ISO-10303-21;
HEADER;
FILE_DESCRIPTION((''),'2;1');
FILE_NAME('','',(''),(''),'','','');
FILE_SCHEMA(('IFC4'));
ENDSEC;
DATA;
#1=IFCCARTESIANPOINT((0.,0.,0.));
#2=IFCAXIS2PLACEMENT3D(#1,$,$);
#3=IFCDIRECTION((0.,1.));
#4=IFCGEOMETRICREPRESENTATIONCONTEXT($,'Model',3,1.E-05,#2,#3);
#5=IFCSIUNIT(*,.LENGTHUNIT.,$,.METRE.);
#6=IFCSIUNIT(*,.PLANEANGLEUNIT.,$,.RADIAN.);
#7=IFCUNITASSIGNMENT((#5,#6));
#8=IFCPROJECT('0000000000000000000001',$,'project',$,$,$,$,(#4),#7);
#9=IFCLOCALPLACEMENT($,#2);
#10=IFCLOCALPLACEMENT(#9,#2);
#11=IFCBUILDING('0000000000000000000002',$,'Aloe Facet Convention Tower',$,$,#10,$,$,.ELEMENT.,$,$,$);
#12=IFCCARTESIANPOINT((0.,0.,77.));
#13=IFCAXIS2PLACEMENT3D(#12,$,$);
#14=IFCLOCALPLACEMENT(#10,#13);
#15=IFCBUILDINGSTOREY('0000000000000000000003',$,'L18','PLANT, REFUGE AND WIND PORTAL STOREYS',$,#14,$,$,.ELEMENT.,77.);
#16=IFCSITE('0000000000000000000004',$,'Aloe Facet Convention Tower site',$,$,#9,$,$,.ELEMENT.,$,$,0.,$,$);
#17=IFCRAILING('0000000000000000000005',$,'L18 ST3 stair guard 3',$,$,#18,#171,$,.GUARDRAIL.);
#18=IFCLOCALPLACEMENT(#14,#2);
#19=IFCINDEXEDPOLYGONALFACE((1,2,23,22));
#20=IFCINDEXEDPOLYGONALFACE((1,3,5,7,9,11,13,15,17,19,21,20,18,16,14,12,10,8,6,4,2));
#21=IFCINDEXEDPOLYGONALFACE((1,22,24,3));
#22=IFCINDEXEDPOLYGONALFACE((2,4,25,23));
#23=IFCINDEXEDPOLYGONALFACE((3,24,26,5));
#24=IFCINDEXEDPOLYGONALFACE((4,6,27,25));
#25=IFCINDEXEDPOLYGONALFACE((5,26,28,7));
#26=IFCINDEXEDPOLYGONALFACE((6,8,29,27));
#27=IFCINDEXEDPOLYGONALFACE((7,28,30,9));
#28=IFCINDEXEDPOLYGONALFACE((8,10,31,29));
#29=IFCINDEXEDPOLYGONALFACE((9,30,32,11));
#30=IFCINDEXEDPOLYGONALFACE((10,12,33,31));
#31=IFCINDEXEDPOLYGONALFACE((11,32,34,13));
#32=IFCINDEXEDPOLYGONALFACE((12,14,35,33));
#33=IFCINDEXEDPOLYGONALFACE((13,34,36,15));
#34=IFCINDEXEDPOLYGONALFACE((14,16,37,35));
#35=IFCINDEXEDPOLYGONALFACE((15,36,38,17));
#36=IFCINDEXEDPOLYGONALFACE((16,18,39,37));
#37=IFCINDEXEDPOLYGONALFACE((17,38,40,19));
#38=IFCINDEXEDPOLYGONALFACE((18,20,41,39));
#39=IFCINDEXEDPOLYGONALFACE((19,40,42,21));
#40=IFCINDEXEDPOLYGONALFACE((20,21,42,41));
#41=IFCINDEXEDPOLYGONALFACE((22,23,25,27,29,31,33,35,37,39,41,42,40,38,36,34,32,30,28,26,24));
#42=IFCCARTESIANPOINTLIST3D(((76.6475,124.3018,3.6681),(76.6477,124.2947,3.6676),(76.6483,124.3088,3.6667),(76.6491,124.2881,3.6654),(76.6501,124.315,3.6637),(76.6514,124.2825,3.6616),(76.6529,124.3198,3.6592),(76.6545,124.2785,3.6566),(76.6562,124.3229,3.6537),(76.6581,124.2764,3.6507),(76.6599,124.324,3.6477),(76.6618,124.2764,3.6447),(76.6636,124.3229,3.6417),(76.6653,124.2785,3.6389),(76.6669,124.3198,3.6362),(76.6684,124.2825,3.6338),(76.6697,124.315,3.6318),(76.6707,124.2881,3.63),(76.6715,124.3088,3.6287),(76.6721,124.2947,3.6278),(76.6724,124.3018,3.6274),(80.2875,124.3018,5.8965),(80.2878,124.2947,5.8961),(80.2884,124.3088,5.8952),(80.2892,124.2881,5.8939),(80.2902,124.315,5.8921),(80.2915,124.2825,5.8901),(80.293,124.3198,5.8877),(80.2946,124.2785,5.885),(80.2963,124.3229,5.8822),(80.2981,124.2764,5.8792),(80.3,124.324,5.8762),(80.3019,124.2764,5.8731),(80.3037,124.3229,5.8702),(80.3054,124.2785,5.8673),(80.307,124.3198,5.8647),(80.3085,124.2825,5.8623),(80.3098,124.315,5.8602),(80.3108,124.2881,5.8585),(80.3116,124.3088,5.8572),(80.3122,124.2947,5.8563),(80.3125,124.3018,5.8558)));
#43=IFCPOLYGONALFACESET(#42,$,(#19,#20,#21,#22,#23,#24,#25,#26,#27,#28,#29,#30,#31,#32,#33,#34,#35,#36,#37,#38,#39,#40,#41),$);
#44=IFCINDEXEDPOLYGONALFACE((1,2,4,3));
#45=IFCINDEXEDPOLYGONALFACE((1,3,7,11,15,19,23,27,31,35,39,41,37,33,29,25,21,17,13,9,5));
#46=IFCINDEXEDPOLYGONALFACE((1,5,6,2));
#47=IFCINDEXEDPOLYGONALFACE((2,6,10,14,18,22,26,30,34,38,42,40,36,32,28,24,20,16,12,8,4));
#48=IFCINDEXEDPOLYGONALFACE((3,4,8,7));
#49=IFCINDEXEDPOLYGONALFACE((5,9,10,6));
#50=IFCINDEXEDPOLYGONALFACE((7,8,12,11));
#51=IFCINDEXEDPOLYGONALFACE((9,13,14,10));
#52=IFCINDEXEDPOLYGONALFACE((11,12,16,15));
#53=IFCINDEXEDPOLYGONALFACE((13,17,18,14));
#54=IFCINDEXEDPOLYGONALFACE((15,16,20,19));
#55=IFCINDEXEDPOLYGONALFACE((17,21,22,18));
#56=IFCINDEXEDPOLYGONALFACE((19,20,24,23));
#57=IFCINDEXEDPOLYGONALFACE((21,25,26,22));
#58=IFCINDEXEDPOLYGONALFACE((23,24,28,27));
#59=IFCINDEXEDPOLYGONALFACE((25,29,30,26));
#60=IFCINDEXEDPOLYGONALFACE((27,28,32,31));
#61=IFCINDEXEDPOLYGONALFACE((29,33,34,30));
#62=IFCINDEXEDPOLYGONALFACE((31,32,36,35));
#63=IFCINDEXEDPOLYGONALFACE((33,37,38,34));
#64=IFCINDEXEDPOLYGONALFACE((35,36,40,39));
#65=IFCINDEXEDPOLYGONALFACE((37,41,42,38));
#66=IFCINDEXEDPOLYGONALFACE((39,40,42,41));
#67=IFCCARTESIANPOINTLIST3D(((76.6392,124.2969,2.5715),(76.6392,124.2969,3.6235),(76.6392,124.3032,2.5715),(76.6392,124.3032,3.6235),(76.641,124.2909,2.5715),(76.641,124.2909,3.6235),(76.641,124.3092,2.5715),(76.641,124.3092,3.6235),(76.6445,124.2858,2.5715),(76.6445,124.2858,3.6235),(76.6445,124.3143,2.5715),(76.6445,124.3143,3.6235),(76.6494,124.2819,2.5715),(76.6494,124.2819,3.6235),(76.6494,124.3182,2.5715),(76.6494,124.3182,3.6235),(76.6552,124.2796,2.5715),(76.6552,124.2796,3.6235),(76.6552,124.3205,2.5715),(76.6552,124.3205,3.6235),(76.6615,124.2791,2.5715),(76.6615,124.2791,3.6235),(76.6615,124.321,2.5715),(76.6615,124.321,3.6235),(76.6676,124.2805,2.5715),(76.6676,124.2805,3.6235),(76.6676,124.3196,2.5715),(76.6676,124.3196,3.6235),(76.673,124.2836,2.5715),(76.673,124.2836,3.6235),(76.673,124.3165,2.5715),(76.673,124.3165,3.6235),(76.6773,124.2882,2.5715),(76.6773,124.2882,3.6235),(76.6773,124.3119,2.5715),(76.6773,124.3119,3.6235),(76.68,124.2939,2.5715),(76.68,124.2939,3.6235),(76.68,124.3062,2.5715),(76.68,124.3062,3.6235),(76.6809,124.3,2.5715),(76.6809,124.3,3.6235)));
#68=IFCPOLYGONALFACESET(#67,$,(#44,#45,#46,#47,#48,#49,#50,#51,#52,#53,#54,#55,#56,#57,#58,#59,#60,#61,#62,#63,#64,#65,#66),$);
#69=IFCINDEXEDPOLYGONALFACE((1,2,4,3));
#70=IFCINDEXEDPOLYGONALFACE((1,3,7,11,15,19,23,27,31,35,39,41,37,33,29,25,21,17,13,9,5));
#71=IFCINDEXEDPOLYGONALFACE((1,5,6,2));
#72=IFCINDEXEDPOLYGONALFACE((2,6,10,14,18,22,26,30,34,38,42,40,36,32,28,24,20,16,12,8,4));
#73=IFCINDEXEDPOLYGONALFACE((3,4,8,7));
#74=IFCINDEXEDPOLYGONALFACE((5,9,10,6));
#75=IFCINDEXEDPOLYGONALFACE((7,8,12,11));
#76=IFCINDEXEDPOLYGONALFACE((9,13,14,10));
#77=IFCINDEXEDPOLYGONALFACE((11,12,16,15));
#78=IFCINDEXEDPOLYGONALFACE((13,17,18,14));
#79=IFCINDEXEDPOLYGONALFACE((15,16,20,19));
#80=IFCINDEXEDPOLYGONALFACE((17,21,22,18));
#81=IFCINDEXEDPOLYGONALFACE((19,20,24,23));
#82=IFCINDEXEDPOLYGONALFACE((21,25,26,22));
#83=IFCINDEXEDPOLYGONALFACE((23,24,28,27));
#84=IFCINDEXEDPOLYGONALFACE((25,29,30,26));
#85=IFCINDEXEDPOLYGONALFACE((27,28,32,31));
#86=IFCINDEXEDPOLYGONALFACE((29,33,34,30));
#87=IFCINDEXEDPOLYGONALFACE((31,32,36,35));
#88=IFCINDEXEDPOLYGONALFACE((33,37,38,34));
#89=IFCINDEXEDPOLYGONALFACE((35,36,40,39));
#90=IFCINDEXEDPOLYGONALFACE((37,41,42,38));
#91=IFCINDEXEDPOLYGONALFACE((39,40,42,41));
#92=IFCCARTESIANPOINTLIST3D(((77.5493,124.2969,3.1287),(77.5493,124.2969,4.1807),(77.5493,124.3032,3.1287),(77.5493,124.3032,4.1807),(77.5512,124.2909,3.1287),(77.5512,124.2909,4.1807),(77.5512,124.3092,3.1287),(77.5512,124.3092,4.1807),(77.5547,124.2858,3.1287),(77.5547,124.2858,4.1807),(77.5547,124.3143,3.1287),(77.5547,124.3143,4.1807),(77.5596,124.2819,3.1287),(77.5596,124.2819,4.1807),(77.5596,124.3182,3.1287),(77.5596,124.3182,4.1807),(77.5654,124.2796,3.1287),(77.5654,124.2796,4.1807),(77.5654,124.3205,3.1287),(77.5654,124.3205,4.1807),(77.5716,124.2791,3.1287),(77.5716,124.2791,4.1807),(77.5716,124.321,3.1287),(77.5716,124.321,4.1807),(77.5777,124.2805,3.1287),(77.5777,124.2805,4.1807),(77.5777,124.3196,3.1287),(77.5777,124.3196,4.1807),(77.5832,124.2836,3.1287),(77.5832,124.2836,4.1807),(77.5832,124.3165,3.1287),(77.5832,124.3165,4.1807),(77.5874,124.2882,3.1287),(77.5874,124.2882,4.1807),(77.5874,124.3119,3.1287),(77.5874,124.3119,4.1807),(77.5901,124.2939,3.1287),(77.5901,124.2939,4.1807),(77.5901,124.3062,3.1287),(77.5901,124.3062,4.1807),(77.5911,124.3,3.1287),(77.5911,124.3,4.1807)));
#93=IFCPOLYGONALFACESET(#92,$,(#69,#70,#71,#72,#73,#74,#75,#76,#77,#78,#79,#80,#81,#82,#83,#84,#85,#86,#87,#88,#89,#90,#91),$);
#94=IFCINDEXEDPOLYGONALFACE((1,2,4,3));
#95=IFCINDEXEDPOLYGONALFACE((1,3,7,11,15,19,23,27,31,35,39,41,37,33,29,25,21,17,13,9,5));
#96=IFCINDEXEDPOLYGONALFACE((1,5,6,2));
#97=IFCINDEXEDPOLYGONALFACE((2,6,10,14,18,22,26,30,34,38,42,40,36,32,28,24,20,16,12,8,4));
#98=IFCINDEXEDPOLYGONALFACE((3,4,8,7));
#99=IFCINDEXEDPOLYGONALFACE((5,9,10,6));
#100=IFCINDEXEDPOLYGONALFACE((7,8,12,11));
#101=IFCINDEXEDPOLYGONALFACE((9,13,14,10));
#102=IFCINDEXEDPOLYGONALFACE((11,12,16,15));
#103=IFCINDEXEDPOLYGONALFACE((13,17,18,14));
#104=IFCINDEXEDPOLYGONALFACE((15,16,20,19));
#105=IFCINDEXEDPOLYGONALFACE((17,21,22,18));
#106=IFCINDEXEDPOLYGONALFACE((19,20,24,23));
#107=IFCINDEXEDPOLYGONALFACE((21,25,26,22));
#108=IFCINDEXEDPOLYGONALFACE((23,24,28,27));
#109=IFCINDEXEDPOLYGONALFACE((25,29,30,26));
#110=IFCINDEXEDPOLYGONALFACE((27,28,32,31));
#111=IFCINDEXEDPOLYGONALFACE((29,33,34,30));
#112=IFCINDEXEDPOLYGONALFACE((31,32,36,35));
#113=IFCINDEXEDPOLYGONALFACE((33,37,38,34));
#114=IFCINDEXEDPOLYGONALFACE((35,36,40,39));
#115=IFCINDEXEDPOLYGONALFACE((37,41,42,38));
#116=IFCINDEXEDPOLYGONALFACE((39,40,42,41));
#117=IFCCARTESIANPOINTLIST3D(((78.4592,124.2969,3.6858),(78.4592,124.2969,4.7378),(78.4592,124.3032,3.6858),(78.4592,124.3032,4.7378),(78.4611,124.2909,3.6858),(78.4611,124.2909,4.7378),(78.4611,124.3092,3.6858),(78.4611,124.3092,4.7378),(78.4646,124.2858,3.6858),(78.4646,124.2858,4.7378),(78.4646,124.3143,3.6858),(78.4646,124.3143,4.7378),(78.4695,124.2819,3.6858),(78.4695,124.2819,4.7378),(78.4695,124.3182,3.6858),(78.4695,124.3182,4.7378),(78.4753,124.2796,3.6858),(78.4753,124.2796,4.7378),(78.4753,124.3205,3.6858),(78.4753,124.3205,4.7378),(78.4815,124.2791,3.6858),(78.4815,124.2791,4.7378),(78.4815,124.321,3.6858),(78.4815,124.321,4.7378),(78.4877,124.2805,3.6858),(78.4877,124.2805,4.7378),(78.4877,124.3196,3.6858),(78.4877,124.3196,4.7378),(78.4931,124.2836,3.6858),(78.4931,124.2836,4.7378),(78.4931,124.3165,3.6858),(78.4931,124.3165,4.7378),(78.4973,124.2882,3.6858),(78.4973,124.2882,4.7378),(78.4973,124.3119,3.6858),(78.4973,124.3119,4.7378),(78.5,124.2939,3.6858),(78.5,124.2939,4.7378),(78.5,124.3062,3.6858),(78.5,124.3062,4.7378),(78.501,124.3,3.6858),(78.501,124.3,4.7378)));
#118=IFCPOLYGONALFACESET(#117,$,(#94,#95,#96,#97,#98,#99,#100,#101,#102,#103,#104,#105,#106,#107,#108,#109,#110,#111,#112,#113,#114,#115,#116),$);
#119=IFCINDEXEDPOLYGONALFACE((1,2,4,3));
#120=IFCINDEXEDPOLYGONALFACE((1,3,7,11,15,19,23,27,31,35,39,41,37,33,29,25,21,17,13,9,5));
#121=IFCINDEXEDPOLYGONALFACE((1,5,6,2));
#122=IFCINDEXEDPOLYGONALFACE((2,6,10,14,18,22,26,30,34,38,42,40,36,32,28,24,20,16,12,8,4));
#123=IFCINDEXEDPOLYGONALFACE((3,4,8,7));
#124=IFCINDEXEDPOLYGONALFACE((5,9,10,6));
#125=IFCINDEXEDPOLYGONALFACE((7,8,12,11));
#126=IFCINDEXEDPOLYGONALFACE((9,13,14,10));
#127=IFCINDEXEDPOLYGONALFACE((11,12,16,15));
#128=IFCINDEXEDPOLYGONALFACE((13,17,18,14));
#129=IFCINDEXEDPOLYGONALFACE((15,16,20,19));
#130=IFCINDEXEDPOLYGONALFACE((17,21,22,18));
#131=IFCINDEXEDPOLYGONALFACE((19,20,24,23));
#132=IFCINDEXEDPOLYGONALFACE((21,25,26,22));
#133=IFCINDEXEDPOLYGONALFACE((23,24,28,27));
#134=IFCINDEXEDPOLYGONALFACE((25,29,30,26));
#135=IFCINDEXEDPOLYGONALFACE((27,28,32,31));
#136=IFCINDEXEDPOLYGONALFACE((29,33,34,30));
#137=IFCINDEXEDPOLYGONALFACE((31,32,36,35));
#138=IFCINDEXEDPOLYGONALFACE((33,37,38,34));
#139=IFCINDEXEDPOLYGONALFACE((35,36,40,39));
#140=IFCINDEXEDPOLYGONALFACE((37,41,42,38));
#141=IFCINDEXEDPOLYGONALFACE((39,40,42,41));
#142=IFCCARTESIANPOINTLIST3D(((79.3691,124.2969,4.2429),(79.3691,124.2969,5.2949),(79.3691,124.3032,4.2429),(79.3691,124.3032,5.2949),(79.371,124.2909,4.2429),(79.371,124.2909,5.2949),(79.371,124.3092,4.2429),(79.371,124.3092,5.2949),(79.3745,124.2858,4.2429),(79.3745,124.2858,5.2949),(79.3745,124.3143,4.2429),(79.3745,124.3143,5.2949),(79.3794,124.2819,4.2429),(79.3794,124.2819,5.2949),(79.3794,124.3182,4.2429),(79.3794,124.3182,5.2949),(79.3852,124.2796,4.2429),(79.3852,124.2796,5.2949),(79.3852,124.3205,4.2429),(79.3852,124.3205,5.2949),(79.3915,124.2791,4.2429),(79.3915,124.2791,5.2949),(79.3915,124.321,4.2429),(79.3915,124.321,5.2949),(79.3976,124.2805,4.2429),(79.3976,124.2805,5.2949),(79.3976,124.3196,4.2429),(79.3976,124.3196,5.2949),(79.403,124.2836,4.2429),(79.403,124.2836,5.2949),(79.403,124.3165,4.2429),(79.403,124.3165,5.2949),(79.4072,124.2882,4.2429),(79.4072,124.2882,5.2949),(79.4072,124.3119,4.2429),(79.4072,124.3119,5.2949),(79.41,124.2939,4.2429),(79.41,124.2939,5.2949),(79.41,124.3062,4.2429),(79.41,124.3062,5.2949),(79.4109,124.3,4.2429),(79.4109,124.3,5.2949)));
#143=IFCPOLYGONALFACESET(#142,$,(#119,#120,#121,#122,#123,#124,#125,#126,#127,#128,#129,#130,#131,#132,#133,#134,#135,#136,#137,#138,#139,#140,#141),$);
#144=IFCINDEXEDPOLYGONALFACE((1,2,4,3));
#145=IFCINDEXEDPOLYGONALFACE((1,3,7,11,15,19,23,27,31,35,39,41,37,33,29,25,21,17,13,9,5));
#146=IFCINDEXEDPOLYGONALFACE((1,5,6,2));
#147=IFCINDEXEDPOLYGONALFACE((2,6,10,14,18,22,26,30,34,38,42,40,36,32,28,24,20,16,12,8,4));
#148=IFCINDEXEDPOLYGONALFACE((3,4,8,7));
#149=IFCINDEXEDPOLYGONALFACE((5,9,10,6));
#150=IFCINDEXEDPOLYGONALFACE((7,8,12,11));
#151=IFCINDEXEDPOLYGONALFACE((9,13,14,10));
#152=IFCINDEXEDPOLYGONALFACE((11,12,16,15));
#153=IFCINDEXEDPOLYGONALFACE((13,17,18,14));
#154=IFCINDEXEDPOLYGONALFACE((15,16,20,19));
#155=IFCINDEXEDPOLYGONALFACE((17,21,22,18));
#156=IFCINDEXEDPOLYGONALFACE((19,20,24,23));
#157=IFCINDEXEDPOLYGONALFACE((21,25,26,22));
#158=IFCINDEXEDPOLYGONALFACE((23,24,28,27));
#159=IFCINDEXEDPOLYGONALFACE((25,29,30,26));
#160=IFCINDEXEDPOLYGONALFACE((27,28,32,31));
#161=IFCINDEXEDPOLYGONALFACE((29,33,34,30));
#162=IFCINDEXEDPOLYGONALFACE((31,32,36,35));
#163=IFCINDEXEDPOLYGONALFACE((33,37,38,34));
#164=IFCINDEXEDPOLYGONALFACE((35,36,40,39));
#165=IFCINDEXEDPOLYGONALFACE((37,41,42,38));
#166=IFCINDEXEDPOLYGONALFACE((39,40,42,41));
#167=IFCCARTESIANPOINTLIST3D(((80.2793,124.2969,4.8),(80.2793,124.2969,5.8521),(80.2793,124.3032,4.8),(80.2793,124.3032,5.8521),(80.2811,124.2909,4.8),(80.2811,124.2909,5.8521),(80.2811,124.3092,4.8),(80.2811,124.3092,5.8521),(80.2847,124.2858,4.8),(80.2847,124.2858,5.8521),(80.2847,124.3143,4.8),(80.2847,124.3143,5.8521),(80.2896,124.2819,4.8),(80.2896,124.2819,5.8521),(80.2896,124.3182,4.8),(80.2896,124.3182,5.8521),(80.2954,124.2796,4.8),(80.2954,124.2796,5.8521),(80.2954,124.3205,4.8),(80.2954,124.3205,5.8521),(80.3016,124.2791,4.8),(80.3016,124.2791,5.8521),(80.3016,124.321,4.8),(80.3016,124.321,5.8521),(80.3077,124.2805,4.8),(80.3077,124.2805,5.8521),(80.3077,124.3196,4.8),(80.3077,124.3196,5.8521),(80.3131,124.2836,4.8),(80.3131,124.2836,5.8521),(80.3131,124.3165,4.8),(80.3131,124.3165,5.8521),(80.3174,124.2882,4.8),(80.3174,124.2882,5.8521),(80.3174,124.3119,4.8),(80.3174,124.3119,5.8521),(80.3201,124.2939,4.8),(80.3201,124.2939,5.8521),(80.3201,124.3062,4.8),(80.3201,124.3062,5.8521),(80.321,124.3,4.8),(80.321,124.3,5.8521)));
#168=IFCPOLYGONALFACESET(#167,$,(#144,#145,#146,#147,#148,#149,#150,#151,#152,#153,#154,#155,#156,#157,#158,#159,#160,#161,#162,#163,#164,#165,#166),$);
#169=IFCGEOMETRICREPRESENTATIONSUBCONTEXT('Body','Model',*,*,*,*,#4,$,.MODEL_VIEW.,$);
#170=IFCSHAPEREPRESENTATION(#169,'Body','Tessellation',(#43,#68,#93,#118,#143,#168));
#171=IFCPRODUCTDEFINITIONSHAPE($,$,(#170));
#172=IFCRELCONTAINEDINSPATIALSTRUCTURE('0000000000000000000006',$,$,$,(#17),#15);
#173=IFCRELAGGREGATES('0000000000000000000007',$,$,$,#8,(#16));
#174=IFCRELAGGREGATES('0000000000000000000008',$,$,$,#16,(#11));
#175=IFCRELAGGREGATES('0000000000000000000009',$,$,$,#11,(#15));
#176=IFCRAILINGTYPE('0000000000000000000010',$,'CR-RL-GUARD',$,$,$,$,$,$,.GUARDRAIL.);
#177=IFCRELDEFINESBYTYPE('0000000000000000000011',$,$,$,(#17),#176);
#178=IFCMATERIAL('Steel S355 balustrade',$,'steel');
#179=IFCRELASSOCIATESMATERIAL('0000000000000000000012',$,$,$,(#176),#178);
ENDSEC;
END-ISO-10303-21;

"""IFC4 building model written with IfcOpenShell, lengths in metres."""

from ifc_helpers import new_model, si_unit, direction, frame, origin, origin_2d, place, context, subcontext, project, spatial, circle, extrude, material, type_object, element, save


model = new_model("IFC4")

# Units and contexts
model_context = context("Model", 3, precision=1e-05, world=origin(), true_north=direction((0.0, 1.0)))
body_context = subcontext(model_context, "Body", "Model", "MODEL_VIEW")
ifc_project = project(units=[si_unit("LENGTHUNIT", "METRE"), si_unit("PLANEANGLEUNIT", "RADIAN")], contexts=[model_context])

# Site, building, storey
site_placement = place(None, origin())
site = spatial("IfcSite", under=ifc_project, at=site_placement, Name="Aloe Facet Convention Tower site", CompositionType="ELEMENT", RefElevation=0.0)
building_placement = place(site_placement, origin())
building = spatial("IfcBuilding", under=site, at=building_placement, Name="Aloe Facet Convention Tower", CompositionType="ELEMENT")
storey_placement = place(building_placement, frame((0.0, 0.0, 77.0)))
storey = spatial("IfcBuildingStorey", under=building, at=storey_placement, Name="L18", Description="PLANT, REFUGE AND WIND PORTAL STOREYS", CompositionType="ELEMENT", Elevation=77.0)

# Railing
ifc_material_1 = material(Name="Steel S355 balustrade", Category="steel")
railing_type_1 = type_object("IfcRailingType", Name="CR-RL-GUARD", PredefinedType="GUARDRAIL", material=ifc_material_1)
railing_1_placement = place(storey_placement, frame((76.6599, 124.3, 2.5715)))
element("IfcRailing", 1, at=railing_1_placement, inside=storey, type_object=railing_type_1, Name="L18 ST3 stair guard 3", PredefinedType="GUARDRAIL", context=body_context, shape_type="SweptSolid", body=[
    extrude(circle(Radius=0.0239, at=origin_2d()), frame((0.0, 0.0, 1.0762), z_axis=(0.852866, 0.0, 0.52213), x_axis=(0.0, 1.0, 0.0)), (0.0, 0.0, 1.0), 4.2681),
    extrude(circle(Radius=0.021, at=origin_2d()), origin(), (0.0, 0.0, 1.0), 1.052),
    extrude(circle(Radius=0.021, at=origin_2d()), frame((0.9102, 0.0, 0.5571)), (0.0, 0.0, 1.0), 1.052),
    extrude(circle(Radius=0.021, at=origin_2d()), frame((1.8201, 0.0, 1.1143)), (0.0, 0.0, 1.0), 1.052),
    extrude(circle(Radius=0.021, at=origin_2d()), frame((2.73, 0.0, 1.6714)), (0.0, 0.0, 1.0), 1.052),
    extrude(circle(Radius=0.021, at=origin_2d()), frame((3.6401, 0.0, 2.2285)), (0.0, 0.0, 1.0), 1.052),
])

save(model, "model.ifc")
